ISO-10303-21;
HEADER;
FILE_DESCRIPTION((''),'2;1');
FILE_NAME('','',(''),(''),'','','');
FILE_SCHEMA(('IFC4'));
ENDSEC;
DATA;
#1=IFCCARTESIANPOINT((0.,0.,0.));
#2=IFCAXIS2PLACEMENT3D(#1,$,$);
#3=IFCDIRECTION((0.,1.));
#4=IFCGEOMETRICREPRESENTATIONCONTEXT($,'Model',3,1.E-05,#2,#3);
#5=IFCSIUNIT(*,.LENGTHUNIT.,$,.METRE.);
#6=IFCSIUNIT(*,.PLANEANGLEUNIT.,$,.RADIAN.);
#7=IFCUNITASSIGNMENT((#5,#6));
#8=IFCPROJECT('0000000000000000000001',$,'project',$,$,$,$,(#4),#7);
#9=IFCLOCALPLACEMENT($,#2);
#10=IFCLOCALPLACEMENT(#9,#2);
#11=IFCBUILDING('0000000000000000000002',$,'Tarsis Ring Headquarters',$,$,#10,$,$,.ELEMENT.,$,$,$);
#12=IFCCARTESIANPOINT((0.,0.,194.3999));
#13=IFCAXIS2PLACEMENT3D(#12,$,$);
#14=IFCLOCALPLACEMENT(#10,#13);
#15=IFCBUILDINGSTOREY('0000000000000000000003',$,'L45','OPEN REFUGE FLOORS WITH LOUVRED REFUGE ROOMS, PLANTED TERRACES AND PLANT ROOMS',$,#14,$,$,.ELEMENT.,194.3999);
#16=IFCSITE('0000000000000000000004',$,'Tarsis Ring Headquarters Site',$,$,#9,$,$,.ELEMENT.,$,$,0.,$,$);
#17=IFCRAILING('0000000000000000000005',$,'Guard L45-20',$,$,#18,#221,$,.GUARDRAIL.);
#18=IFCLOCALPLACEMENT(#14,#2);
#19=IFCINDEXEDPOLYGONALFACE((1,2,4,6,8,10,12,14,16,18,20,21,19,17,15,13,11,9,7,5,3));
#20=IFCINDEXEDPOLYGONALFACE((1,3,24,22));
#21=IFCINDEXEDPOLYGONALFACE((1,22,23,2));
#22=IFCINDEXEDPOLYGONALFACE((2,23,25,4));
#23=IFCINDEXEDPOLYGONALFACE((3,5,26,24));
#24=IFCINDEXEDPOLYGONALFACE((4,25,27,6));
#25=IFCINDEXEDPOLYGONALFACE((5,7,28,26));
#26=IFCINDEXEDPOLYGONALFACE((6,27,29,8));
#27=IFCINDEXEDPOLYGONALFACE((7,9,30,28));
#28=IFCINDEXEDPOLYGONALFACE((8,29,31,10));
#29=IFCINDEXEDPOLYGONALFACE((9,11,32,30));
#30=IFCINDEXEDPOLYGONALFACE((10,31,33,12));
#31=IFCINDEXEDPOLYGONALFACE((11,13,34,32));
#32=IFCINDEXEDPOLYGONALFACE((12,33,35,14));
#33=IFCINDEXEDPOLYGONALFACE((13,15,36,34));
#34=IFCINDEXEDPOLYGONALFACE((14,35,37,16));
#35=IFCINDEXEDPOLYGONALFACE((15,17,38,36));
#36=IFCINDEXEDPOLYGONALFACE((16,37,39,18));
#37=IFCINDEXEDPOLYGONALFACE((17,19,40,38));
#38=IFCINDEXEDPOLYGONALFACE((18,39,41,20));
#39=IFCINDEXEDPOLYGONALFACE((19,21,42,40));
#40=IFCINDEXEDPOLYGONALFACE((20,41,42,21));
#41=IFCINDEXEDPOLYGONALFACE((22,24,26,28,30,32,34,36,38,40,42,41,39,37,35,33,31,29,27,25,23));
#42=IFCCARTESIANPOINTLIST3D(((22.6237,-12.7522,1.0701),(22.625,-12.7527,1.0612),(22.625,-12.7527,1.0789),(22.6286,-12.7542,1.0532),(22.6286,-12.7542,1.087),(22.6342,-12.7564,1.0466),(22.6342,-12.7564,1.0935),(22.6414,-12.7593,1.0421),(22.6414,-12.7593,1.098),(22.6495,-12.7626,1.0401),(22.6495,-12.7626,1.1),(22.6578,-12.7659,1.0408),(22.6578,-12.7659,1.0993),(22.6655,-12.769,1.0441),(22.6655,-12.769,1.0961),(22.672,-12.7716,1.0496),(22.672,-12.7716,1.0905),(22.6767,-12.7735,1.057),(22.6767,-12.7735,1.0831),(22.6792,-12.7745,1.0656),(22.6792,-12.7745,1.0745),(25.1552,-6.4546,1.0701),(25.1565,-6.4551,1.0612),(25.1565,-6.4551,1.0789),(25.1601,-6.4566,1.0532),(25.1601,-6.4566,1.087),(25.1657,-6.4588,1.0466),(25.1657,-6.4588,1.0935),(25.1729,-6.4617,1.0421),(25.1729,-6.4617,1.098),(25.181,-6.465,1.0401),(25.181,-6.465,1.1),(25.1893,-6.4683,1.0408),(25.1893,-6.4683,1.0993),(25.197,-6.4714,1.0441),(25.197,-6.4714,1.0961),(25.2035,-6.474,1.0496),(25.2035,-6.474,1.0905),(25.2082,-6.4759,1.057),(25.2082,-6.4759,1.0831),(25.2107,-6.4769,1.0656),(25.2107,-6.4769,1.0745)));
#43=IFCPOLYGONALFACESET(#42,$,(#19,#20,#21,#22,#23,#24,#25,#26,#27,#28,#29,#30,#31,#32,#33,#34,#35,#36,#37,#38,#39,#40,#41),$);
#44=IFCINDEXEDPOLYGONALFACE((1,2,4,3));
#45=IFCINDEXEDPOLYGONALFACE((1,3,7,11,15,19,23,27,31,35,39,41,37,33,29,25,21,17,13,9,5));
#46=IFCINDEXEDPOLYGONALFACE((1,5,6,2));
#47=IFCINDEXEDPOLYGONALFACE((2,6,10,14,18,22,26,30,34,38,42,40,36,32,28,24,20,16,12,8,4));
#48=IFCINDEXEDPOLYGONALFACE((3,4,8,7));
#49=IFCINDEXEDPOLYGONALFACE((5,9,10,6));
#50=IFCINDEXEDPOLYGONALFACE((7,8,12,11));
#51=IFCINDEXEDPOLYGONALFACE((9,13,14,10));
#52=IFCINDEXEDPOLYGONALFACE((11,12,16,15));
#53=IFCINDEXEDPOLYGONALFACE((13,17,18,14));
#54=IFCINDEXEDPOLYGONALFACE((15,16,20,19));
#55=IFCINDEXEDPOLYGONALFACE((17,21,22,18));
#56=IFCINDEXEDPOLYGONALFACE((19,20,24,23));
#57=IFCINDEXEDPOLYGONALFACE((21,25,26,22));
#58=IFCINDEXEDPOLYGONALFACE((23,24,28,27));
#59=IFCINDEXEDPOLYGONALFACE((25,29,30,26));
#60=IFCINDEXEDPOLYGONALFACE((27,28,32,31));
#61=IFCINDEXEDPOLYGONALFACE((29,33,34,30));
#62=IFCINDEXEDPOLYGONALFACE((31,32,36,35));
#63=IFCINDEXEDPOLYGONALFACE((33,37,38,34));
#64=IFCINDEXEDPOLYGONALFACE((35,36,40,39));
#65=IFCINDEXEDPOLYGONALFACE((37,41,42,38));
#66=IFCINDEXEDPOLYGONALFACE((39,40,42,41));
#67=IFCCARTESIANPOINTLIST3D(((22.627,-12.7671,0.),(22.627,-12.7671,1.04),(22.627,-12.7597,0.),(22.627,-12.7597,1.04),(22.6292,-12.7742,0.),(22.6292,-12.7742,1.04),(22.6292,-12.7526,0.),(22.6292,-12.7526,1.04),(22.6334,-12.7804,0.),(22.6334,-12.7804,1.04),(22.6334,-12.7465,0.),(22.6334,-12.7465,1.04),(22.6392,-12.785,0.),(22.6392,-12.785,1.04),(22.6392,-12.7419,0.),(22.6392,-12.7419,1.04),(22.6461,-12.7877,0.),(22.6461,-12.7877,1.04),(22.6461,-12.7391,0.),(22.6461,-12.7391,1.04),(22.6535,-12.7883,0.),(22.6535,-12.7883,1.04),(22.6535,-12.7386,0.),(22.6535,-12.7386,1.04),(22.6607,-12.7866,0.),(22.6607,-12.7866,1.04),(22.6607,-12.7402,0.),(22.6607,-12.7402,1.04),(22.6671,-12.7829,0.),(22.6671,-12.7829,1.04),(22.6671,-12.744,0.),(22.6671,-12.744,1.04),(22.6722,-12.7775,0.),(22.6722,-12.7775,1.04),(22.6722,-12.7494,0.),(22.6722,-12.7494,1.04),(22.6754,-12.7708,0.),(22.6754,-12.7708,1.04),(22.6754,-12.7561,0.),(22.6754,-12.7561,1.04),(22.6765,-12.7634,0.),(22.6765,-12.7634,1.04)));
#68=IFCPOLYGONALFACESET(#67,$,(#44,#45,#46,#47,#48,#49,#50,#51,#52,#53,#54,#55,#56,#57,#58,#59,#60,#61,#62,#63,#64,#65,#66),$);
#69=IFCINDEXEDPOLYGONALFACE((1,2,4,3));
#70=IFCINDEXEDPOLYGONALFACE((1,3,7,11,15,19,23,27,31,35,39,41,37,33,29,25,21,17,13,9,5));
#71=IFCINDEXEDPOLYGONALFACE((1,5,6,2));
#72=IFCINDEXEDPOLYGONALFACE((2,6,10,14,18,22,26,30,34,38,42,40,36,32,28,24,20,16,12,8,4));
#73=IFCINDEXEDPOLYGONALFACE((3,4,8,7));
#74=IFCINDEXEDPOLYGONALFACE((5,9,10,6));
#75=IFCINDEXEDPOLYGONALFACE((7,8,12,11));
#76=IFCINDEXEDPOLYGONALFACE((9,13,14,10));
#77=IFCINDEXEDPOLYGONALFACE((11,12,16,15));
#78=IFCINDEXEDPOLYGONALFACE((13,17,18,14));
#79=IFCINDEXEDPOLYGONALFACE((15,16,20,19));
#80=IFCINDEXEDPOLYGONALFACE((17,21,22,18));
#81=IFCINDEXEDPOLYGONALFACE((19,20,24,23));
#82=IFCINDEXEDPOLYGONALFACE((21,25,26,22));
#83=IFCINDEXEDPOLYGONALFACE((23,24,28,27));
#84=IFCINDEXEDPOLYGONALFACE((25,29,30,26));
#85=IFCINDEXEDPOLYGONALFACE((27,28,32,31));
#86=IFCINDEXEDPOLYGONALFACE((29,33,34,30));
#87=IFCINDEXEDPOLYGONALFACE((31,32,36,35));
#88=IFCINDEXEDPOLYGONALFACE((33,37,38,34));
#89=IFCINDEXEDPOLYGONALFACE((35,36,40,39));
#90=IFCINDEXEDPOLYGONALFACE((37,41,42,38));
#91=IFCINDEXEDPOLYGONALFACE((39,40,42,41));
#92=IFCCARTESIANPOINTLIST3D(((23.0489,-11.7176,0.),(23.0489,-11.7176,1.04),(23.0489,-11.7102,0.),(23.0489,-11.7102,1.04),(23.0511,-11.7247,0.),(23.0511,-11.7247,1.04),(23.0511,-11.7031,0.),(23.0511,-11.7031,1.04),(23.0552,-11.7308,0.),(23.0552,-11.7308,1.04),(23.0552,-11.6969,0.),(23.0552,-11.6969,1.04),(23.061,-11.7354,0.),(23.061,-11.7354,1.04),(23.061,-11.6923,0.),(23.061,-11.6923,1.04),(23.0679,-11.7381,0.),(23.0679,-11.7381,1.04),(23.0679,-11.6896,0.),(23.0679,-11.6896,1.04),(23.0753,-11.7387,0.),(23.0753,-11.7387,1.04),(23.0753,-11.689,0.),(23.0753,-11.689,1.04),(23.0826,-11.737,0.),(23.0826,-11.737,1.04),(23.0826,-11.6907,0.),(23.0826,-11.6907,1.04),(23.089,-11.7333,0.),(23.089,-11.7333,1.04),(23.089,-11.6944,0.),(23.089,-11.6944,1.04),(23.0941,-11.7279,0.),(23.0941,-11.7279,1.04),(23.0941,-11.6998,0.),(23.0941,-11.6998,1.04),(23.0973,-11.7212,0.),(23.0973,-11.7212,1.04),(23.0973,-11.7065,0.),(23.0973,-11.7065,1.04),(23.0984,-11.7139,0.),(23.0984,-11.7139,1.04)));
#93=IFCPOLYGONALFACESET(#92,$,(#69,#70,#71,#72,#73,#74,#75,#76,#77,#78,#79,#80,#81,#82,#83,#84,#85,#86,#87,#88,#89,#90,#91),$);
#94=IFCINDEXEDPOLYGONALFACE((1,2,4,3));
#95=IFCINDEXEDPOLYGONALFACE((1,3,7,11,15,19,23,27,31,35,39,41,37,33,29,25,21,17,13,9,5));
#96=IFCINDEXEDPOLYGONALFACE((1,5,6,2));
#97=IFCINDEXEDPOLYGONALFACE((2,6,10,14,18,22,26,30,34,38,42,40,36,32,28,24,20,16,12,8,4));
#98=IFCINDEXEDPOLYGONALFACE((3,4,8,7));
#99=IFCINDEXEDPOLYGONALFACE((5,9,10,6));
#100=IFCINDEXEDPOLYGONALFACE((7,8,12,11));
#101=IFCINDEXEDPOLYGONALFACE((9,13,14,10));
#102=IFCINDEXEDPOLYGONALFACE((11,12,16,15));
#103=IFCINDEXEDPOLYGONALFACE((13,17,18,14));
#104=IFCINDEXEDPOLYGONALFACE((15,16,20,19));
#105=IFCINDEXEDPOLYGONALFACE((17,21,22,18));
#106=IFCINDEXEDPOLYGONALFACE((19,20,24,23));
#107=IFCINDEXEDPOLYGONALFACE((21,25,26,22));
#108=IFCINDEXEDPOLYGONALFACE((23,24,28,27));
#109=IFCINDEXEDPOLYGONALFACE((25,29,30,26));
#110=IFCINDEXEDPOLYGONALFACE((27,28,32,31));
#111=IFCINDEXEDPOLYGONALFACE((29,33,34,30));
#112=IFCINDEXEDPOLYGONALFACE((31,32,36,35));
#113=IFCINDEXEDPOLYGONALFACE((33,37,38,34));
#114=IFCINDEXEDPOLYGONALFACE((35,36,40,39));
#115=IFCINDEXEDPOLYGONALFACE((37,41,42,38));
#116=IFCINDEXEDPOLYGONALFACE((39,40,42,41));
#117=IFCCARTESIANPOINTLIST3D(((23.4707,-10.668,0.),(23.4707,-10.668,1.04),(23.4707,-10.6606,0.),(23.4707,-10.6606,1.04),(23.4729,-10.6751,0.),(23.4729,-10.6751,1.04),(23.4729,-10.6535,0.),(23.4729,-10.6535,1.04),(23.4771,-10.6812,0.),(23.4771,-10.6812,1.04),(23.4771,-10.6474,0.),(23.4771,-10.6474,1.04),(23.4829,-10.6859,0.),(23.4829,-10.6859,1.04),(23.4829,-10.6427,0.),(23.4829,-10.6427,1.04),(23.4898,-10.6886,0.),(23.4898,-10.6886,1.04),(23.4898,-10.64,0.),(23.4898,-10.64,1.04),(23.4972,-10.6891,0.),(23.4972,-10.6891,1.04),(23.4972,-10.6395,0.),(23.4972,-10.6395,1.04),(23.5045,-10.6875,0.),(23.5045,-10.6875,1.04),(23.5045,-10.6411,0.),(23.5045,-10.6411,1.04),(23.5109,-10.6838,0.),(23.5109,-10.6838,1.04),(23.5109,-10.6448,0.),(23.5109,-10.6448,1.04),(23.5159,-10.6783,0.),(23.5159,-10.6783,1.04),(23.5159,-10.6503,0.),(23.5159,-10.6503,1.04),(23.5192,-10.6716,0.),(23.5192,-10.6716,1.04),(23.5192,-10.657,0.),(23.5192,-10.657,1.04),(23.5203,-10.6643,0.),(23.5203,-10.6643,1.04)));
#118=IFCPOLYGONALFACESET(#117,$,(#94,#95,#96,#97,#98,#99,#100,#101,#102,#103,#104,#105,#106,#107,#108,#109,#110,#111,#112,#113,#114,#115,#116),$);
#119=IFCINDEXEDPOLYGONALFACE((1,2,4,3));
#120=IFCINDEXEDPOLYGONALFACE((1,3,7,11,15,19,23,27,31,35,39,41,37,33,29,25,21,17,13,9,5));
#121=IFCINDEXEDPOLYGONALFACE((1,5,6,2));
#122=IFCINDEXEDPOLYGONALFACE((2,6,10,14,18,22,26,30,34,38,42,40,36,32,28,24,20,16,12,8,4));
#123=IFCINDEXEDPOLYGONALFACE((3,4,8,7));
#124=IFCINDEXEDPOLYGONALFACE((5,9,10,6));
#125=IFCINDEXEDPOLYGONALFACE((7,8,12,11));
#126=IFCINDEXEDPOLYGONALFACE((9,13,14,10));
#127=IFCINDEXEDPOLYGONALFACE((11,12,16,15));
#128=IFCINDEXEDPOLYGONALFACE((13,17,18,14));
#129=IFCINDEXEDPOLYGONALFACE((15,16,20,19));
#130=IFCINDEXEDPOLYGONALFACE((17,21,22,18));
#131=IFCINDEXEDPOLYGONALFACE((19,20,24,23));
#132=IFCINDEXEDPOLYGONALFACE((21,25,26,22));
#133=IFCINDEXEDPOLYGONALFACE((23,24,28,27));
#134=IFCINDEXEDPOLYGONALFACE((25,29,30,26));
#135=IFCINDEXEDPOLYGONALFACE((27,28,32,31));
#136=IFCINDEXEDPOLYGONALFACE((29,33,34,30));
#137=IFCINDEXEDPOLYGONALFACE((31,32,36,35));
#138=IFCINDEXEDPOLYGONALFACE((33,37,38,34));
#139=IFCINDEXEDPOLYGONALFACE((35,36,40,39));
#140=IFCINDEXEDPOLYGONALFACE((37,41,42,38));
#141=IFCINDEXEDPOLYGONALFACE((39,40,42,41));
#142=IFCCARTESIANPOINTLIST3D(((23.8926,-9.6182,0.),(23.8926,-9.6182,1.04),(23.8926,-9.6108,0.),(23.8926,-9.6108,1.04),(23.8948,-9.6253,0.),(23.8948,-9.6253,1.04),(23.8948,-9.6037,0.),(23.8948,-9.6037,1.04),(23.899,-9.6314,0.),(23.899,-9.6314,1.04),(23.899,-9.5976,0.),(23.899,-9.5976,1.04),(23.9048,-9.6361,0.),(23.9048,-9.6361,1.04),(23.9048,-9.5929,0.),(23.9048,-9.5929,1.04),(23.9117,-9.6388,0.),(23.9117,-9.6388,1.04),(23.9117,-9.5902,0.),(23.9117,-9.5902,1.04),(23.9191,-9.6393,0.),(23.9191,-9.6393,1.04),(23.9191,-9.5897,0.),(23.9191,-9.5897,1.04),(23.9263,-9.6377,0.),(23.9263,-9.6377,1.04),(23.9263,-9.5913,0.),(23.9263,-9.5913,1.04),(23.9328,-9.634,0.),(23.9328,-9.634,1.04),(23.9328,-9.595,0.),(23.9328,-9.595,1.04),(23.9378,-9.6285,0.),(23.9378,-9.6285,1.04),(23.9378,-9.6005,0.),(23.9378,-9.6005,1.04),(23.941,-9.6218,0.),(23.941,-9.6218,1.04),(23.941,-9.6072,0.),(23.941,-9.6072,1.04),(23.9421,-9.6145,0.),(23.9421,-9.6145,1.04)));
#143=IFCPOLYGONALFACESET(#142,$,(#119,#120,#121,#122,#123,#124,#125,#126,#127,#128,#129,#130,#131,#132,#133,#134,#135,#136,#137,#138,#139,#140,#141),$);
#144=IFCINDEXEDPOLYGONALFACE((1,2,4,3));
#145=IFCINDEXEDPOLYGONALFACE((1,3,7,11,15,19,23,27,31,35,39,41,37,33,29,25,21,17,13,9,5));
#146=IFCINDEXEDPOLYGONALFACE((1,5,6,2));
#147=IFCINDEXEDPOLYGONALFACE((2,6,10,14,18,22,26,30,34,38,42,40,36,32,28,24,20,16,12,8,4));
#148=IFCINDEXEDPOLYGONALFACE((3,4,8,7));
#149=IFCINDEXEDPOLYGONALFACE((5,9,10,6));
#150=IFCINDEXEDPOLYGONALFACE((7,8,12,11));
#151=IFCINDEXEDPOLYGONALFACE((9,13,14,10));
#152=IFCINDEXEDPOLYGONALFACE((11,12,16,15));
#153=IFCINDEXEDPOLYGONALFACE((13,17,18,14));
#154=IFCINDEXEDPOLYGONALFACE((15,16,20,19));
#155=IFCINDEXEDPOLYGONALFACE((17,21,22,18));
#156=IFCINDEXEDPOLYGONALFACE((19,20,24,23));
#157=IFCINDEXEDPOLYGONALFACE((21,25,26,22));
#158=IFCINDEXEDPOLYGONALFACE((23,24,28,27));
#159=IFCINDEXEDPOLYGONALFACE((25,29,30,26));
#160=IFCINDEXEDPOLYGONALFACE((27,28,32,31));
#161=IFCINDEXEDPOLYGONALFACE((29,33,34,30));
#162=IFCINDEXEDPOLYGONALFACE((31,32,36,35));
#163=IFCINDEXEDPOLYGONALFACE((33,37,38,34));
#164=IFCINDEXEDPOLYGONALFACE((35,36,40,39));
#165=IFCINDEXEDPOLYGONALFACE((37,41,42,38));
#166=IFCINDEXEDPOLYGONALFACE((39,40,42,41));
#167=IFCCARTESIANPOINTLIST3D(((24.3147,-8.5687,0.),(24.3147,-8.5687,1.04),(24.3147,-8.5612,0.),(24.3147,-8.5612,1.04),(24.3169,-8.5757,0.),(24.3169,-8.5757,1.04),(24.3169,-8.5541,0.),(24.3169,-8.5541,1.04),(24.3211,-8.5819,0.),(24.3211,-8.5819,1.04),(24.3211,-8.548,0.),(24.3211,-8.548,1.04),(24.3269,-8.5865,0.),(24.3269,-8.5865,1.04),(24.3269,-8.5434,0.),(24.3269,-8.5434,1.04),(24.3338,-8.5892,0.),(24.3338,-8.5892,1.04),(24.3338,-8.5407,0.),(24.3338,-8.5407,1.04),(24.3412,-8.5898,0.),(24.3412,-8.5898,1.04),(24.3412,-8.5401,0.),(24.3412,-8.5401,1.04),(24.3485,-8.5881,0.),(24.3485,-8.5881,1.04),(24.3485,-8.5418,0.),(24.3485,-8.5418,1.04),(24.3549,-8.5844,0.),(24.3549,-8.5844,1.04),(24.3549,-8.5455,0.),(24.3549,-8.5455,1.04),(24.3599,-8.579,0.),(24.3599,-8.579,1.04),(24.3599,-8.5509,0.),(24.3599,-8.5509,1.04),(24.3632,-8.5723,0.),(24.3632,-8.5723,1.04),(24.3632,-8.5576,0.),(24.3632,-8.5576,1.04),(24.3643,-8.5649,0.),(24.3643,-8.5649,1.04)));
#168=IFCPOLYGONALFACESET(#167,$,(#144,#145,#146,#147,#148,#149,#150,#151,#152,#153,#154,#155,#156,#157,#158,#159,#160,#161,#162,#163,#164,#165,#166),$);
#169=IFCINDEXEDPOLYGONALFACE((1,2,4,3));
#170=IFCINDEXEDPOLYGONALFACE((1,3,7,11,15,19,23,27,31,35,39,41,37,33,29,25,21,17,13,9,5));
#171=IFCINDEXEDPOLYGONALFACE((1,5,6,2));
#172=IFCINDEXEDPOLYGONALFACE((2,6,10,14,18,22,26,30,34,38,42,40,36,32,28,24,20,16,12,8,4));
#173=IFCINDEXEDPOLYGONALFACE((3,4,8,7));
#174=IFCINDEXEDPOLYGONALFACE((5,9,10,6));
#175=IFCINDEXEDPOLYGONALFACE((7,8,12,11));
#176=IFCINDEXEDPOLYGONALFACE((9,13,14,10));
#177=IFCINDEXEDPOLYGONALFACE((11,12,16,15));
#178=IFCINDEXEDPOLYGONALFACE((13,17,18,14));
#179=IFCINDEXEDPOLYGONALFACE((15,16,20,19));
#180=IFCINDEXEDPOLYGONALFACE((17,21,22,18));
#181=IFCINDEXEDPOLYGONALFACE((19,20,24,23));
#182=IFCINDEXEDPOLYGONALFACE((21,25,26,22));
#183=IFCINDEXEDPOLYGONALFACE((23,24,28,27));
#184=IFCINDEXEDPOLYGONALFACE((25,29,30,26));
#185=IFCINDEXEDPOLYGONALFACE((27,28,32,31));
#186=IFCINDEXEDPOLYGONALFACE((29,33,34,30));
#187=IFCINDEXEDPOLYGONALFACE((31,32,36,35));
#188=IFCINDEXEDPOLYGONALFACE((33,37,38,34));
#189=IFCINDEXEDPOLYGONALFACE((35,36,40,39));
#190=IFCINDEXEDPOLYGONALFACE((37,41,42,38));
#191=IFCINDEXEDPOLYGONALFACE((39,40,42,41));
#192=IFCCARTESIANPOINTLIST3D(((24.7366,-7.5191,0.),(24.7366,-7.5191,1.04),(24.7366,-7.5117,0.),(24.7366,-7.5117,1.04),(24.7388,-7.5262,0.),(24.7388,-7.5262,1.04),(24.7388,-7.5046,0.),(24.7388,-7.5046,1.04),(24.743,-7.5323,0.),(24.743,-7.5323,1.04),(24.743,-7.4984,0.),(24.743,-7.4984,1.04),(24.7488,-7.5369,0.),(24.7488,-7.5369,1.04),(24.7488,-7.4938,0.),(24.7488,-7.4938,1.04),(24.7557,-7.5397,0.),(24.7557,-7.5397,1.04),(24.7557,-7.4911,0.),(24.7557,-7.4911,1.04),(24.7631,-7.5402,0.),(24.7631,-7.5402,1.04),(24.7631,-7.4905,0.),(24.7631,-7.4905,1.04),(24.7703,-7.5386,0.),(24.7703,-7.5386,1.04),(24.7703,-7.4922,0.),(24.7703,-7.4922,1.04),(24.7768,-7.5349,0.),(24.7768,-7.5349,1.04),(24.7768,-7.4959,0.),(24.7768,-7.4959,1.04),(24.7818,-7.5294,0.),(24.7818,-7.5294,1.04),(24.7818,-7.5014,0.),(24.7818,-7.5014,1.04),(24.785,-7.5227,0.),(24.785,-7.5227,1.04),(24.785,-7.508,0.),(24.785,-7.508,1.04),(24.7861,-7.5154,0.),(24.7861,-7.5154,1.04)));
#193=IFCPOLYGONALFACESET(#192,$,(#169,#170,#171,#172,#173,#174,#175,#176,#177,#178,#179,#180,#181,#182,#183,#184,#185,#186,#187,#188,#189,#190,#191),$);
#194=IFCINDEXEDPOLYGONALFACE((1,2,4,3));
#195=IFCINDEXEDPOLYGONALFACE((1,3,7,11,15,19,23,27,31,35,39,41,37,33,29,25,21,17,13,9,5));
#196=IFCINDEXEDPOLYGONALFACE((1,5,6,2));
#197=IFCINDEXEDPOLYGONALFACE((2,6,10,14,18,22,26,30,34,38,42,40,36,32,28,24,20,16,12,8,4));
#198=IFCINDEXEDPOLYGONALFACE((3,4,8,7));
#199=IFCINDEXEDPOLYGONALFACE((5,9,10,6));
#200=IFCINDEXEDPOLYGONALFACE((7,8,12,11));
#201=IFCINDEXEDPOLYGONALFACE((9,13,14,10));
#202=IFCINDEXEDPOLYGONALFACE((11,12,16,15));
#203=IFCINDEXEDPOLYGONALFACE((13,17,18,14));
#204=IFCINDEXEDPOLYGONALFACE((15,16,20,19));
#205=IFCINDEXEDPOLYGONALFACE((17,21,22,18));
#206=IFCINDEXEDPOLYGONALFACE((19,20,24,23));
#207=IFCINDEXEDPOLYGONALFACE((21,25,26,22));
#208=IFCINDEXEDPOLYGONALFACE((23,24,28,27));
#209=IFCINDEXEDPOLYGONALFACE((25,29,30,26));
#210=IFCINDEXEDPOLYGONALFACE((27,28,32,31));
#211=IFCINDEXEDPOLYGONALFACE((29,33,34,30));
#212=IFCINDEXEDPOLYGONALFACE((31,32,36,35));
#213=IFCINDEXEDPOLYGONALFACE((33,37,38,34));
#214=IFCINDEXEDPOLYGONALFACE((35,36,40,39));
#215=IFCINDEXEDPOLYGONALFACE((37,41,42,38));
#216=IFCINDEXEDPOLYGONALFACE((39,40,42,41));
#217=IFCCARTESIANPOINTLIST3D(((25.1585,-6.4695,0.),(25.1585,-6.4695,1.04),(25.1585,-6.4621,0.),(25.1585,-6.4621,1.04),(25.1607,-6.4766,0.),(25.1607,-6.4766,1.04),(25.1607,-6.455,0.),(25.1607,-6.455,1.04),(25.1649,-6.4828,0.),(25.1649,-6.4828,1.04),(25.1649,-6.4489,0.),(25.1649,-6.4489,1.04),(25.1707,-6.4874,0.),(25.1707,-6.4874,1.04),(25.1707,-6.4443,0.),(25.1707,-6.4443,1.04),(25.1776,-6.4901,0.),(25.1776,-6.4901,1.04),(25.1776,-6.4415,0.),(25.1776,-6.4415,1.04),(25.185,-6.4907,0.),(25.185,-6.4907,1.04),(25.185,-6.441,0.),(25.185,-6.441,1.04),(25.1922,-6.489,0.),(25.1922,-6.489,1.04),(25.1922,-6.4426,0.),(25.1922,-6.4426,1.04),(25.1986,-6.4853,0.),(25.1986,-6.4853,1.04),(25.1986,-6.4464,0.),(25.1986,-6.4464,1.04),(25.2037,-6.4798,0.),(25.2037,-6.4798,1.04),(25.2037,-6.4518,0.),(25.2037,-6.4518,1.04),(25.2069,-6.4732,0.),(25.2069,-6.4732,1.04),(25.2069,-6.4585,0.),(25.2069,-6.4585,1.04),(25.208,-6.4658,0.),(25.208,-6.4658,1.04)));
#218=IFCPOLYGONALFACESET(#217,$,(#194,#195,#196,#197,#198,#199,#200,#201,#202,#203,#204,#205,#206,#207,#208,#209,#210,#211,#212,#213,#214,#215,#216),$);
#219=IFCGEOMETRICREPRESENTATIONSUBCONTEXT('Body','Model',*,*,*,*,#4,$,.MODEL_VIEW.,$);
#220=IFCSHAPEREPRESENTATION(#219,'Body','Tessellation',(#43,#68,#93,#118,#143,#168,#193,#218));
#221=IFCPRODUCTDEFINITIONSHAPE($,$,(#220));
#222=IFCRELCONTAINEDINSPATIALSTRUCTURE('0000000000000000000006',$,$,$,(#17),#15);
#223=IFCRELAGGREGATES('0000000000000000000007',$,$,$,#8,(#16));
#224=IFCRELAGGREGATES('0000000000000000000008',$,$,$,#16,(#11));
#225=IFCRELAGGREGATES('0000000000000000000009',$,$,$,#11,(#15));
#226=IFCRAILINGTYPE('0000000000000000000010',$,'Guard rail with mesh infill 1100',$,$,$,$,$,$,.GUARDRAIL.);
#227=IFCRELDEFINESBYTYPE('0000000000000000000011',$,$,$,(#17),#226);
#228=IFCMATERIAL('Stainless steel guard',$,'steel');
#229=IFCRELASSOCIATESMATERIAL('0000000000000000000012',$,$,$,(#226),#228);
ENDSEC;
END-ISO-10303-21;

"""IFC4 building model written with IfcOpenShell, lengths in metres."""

from ifc_helpers import new_model, si_unit, direction, frame, origin, origin_2d, place, context, subcontext, project, spatial, circle, extrude, material, type_object, element, save


model = new_model("IFC4")

# Units and contexts
model_context = context("Model", 3, precision=1e-05, world=origin(), true_north=direction((0.0, 1.0)))
body_context = subcontext(model_context, "Body", "Model", "MODEL_VIEW")
ifc_project = project(units=[si_unit("LENGTHUNIT", "METRE"), si_unit("PLANEANGLEUNIT", "RADIAN")], contexts=[model_context])

# Site, building, storey
site_placement = place(None, origin())
site = spatial("IfcSite", under=ifc_project, at=site_placement, Name="Tarsis Ring Headquarters Site", CompositionType="ELEMENT", RefElevation=0.0)
building_placement = place(site_placement, origin())
building = spatial("IfcBuilding", under=site, at=building_placement, Name="Tarsis Ring Headquarters", CompositionType="ELEMENT")
storey_placement = place(building_placement, frame((0.0, 0.0, 194.3999)))
storey = spatial("IfcBuildingStorey", under=building, at=storey_placement, Name="L45", Description="OPEN REFUGE FLOORS WITH LOUVRED REFUGE ROOMS, PLANTED TERRACES AND PLANT ROOMS", CompositionType="ELEMENT", Elevation=194.3999)

# Railing
ifc_material_1 = material(Name="Stainless steel guard", Category="steel")
railing_type_1 = type_object("IfcRailingType", Name="Guard rail with mesh infill 1100", PredefinedType="GUARDRAIL", material=ifc_material_1)
railing_1_placement = place(storey_placement, frame((22.6516, -12.7634, 0.0)))
element("IfcRailing", 1, at=railing_1_placement, inside=storey, type_object=railing_type_1, Name="Guard L45-20", PredefinedType="GUARDRAIL", context=body_context, shape_type="SweptSolid", body=[
    extrude(circle(Radius=0.03, at=origin_2d()), frame((0.0, 0.0, 1.0701), z_axis=(0.372972, 0.927843, 0.0), x_axis=(-0.927843, 0.372972, 0.0)), (0.0, 0.0, 1.0), 6.7874),
    extrude(circle(Radius=0.0249, at=origin_2d()), origin(), (0.0, 0.0, 1.0), 1.04),
    extrude(circle(Radius=0.0249, at=origin_2d()), frame((0.4219, 1.0496, 0.0)), (0.0, 0.0, 1.0), 1.04),
    extrude(circle(Radius=0.0249, at=origin_2d()), frame((0.8438, 2.0991, 0.0)), (0.0, 0.0, 1.0), 1.04),
    extrude(circle(Radius=0.0249, at=origin_2d()), frame((1.2656, 3.1489, 0.0)), (0.0, 0.0, 1.0), 1.04),
    extrude(circle(Radius=0.0249, at=origin_2d()), frame((1.6877, 4.1985, 0.0)), (0.0, 0.0, 1.0), 1.04),
    extrude(circle(Radius=0.0249, at=origin_2d()), frame((2.1096, 5.248, 0.0)), (0.0, 0.0, 1.0), 1.04),
    extrude(circle(Radius=0.0249, at=origin_2d()), frame((2.5315, 6.2976, 0.0)), (0.0, 0.0, 1.0), 1.04),
])

save(model, "model.ifc")
